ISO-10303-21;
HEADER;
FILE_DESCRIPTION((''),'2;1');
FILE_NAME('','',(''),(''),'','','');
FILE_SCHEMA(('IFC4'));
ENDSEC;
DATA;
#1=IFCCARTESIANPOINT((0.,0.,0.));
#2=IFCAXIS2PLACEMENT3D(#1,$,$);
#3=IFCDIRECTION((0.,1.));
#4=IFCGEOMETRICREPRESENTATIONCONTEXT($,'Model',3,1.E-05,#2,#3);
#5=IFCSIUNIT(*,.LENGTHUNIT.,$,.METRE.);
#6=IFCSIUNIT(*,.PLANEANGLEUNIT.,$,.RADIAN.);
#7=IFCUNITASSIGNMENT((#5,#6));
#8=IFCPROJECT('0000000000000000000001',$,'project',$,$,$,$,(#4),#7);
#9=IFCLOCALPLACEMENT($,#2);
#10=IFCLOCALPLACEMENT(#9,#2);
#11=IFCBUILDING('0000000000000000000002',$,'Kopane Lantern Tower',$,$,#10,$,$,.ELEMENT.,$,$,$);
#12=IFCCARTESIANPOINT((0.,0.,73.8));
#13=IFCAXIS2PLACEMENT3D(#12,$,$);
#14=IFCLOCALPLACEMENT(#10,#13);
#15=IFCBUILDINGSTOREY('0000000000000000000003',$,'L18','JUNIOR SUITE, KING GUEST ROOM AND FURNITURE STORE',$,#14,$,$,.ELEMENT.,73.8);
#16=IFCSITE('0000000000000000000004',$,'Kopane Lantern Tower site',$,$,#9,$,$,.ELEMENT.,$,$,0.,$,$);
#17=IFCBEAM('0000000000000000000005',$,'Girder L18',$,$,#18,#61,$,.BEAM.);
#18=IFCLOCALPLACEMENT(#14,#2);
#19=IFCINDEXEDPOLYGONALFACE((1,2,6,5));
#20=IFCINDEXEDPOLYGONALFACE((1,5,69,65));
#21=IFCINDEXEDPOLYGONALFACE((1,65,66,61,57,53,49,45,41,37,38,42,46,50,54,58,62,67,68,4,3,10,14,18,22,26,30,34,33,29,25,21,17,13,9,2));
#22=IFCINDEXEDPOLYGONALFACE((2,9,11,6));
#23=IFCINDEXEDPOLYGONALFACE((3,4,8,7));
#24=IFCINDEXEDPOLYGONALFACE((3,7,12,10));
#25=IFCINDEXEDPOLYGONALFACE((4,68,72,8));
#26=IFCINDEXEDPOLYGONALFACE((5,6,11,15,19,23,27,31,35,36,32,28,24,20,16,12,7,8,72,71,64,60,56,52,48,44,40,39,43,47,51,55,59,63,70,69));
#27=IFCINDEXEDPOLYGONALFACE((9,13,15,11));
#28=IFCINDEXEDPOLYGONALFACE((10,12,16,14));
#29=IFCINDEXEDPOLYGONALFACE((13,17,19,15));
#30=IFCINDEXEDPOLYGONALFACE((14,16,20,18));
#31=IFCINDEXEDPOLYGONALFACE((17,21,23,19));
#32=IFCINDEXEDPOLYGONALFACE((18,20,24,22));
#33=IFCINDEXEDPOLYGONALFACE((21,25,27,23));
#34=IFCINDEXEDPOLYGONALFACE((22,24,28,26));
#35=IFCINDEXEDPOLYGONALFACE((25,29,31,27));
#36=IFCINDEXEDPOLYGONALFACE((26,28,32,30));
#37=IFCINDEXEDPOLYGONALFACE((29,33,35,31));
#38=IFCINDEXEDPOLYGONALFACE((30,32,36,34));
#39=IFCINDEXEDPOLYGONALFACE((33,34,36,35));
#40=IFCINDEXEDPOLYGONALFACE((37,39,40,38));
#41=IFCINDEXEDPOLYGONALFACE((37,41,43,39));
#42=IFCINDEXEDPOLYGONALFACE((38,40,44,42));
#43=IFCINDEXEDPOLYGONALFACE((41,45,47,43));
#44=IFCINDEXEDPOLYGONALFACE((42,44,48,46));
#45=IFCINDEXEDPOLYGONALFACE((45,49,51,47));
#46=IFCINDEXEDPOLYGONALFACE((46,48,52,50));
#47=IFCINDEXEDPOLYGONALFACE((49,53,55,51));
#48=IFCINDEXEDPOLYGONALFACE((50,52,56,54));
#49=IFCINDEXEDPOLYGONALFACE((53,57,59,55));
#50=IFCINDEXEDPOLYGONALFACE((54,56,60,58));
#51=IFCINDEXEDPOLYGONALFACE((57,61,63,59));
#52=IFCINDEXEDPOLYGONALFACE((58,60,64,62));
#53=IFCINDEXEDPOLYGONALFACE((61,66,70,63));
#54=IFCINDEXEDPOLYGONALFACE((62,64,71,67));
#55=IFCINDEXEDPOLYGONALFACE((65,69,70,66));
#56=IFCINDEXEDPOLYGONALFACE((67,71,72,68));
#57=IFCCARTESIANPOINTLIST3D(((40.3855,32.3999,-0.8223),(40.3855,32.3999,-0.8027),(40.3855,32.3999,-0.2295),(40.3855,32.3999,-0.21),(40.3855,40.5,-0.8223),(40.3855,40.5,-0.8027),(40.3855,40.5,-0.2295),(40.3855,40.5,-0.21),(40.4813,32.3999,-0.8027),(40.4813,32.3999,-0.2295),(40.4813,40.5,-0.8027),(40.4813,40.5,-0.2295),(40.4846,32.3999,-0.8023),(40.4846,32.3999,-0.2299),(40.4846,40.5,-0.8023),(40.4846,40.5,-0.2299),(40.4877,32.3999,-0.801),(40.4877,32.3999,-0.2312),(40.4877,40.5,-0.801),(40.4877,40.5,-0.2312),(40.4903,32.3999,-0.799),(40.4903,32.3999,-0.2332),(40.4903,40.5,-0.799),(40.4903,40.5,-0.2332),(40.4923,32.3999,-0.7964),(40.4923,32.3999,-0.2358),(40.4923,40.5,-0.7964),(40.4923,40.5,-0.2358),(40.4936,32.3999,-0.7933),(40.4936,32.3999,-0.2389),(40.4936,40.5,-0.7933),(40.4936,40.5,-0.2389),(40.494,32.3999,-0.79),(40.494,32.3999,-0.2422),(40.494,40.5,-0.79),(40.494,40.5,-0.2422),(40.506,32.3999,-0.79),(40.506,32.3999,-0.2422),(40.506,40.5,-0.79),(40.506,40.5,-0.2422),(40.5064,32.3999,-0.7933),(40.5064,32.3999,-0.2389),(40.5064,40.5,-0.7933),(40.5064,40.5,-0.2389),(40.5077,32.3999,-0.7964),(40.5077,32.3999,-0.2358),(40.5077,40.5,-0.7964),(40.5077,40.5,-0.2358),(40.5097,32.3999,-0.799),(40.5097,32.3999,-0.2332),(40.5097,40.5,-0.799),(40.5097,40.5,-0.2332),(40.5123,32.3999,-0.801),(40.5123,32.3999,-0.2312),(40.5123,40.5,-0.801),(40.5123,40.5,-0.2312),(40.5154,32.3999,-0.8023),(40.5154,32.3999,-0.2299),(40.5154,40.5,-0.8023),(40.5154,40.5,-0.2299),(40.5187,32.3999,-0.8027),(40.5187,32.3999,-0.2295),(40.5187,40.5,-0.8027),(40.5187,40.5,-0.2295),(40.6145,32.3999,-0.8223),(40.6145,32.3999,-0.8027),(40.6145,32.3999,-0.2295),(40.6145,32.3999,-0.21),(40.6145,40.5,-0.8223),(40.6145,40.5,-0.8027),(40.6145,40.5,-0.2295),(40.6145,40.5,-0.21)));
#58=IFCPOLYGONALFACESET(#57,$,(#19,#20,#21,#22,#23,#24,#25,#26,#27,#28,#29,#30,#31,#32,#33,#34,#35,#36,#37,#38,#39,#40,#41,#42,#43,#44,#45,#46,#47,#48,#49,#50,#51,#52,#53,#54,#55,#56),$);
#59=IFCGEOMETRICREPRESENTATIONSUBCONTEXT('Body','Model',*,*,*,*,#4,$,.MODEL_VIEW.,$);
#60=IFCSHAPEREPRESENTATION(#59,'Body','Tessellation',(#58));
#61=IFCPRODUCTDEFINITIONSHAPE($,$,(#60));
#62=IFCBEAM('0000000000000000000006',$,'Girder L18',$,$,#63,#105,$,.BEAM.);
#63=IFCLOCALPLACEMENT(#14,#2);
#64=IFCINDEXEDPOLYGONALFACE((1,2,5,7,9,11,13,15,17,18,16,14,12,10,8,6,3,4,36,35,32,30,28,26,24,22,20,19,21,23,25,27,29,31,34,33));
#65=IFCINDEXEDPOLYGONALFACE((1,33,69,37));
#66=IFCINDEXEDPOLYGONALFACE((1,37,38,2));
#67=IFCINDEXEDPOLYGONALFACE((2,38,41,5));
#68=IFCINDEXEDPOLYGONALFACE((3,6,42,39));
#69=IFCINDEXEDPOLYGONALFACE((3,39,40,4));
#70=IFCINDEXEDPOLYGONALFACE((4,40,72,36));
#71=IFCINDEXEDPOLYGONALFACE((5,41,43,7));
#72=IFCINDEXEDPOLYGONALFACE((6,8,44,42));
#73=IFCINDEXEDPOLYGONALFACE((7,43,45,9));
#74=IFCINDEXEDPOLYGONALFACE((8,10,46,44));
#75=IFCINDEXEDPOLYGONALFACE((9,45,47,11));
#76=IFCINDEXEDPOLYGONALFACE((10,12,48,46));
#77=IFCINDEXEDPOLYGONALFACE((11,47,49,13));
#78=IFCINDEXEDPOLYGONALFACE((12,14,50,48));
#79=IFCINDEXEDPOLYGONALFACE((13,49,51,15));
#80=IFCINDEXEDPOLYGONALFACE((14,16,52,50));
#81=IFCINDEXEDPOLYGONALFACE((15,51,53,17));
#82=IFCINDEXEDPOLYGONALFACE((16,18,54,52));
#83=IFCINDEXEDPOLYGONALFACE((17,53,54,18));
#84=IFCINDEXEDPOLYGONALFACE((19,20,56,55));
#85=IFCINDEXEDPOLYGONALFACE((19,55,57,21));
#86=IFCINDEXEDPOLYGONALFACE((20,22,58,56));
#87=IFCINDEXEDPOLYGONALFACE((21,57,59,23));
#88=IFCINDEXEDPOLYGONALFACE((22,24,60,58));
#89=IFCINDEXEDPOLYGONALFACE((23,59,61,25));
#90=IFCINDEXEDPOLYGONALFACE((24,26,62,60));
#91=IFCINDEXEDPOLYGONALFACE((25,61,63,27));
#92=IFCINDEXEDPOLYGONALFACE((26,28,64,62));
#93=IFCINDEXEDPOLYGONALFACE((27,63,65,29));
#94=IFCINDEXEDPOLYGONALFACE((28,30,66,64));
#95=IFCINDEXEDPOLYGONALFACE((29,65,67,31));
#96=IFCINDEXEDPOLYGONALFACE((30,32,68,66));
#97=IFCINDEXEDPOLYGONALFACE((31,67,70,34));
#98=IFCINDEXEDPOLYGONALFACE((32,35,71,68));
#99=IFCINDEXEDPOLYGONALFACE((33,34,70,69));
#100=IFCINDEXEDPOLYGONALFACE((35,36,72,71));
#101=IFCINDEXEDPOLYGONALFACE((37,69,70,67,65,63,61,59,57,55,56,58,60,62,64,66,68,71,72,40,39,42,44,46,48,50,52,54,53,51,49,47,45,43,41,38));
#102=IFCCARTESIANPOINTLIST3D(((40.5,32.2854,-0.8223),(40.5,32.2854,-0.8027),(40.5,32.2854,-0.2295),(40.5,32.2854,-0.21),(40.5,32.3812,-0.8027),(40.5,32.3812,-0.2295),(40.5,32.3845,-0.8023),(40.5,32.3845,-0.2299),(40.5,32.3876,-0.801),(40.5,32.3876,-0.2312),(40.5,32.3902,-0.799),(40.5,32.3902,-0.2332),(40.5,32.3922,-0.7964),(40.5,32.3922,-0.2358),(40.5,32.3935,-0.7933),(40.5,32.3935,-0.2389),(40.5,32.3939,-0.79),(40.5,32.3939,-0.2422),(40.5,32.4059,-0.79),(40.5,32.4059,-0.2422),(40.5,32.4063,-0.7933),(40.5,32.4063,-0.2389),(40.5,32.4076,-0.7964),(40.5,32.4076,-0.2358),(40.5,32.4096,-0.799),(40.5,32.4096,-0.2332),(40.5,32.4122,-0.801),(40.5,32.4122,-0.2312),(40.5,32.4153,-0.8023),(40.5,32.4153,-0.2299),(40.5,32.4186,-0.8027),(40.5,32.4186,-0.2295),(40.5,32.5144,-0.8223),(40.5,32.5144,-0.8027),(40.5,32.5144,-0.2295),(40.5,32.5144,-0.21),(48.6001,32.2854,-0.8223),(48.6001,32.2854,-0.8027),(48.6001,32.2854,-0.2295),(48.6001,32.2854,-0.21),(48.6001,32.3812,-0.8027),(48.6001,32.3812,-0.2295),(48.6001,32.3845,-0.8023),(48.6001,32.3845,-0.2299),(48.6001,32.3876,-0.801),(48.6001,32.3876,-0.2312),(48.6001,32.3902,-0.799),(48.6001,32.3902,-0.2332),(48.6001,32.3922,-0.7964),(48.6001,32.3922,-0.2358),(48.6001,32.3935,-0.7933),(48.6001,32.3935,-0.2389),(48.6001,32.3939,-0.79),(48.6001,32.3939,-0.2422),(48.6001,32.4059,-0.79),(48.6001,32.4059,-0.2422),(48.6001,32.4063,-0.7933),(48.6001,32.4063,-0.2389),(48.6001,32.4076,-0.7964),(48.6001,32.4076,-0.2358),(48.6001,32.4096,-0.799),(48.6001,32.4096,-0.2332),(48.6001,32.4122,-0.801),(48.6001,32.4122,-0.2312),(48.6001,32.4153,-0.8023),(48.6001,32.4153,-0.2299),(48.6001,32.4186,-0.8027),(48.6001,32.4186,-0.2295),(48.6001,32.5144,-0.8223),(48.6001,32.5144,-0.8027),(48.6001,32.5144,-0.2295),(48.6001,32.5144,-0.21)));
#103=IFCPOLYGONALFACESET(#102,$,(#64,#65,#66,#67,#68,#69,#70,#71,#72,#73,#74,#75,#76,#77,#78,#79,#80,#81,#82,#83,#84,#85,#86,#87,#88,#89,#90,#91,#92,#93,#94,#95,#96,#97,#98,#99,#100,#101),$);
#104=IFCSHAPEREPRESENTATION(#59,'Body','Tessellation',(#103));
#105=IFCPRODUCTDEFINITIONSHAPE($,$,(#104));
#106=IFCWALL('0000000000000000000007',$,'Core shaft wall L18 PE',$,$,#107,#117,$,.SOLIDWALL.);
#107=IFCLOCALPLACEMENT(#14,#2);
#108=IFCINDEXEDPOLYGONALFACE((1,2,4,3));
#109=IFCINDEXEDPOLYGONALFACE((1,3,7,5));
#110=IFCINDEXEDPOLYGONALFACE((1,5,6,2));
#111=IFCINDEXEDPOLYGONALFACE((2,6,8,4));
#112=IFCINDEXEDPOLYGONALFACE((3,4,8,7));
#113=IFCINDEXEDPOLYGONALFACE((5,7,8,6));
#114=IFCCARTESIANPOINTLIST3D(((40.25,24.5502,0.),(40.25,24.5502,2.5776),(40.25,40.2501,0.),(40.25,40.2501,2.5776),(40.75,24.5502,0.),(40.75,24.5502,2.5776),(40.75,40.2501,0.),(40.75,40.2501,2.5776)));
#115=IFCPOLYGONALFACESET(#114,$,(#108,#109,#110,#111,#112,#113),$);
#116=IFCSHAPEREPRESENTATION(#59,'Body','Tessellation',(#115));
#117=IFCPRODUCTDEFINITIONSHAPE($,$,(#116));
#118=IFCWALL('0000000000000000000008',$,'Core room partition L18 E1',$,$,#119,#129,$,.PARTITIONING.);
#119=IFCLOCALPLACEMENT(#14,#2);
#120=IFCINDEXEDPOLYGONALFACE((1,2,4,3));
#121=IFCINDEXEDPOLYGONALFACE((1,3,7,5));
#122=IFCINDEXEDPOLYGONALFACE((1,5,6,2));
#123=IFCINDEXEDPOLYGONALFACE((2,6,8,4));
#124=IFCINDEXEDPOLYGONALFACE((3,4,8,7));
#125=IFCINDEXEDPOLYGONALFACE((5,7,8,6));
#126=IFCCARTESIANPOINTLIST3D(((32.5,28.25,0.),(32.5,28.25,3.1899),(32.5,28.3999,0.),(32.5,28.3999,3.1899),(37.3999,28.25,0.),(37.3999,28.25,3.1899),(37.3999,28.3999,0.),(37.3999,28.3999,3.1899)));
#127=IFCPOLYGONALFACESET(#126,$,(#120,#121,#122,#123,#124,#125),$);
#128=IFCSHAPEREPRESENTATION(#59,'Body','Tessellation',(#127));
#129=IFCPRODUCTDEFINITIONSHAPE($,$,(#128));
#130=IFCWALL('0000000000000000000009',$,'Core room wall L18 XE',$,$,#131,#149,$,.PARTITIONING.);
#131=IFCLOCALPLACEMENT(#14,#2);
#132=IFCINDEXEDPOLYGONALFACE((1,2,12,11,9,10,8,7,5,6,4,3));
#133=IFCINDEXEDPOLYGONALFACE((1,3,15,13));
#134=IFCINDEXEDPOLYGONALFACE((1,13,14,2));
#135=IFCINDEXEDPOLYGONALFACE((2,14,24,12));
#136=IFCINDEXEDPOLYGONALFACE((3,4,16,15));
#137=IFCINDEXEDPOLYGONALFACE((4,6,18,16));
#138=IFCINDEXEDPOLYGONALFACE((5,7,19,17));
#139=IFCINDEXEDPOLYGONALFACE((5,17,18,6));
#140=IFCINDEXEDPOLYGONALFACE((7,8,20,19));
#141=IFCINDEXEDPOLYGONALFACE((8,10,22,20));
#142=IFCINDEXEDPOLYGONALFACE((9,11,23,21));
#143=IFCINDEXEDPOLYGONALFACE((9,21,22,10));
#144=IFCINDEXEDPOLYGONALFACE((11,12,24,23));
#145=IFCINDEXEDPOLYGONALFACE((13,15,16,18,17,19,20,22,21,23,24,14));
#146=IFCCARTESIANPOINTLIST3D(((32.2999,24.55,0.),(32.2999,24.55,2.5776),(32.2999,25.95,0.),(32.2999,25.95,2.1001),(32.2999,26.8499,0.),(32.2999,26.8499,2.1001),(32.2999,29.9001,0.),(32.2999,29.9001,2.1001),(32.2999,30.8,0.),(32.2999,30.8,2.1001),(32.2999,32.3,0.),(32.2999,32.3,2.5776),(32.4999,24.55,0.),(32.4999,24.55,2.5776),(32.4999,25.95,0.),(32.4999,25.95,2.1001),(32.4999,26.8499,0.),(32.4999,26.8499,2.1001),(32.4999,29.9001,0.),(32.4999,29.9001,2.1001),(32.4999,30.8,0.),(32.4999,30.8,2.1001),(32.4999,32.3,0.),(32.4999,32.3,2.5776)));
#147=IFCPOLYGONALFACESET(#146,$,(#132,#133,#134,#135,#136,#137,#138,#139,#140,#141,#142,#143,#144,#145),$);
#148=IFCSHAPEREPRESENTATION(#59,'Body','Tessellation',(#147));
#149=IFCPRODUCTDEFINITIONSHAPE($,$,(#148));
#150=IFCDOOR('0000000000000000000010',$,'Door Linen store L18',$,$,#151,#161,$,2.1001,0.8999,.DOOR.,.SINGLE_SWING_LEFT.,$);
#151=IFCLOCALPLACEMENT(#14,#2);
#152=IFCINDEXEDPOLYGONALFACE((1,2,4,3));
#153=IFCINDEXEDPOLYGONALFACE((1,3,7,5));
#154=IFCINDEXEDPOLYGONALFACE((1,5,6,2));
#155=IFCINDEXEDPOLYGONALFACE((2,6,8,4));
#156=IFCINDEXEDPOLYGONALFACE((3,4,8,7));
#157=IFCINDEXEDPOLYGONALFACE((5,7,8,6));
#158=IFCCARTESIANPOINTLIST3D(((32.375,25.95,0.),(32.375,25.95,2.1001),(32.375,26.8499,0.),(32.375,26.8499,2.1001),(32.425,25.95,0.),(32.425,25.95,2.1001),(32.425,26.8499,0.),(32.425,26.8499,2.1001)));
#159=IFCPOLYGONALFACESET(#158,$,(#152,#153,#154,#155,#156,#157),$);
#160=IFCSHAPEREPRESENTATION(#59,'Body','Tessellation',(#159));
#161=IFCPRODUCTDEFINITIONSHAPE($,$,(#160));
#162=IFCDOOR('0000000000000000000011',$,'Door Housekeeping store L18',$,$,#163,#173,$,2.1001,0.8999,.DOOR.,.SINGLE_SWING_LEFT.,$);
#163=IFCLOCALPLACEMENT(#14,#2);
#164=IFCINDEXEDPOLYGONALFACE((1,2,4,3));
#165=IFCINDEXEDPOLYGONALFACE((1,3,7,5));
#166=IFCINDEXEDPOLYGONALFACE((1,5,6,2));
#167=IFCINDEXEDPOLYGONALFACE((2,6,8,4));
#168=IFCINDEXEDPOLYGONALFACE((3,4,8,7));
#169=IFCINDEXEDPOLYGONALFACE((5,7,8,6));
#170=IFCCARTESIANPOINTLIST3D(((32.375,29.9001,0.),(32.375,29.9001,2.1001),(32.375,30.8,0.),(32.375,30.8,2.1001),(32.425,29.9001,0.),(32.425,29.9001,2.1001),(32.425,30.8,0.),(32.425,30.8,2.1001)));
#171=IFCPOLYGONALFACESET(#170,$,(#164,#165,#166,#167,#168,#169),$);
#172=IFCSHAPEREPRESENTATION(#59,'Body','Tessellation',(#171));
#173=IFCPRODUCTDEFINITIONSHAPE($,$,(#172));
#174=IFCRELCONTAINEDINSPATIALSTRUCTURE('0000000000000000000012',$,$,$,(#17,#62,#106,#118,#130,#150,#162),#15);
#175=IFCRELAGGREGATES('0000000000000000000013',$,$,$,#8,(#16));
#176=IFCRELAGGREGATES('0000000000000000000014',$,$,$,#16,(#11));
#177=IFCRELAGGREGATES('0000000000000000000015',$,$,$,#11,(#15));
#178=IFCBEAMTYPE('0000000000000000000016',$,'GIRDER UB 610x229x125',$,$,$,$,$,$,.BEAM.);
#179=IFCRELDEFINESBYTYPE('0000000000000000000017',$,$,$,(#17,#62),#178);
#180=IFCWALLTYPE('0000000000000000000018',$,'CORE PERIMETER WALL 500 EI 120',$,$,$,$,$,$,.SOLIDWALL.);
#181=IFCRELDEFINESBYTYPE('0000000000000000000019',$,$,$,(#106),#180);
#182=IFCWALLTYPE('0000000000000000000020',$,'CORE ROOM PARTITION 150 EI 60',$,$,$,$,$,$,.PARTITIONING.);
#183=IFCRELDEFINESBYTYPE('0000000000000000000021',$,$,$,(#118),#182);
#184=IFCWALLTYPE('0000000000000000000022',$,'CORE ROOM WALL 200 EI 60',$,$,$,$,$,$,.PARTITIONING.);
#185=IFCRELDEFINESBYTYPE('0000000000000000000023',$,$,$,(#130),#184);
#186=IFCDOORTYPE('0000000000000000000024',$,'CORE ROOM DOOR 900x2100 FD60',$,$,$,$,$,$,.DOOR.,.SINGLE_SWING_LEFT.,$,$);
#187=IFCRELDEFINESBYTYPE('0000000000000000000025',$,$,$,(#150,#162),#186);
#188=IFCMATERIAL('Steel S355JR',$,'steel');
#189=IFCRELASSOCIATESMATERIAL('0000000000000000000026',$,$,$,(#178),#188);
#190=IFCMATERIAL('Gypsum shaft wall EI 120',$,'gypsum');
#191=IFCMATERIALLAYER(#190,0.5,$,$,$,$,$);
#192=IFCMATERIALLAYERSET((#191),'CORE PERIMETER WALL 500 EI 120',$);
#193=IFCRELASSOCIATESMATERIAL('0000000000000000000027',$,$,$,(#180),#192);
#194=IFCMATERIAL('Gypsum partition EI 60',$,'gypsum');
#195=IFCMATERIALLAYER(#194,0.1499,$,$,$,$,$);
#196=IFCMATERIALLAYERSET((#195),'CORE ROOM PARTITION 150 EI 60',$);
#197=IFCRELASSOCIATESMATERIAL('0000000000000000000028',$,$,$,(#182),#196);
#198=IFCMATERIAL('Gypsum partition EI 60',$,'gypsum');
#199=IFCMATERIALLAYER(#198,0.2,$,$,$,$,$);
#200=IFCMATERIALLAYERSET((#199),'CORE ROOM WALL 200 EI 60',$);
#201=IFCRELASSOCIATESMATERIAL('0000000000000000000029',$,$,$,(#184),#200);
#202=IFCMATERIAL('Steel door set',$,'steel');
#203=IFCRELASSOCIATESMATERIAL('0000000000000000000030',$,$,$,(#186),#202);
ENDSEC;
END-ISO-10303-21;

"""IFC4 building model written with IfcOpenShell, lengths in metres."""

from ifc_helpers import new_model, si_unit, direction, frame, frame_2d, origin, origin_2d, place, context, subcontext, project, spatial, rectangle, i_section, extrude, material, layer, layer_set, material_profile, profile_set, type_object, element, fill, save


model = new_model("IFC4")

# Units and contexts
model_context = context("Model", 3, precision=1e-05, world=origin(), true_north=direction((0.0, 1.0)))
body_context = subcontext(model_context, "Body", "Model", "MODEL_VIEW")
ifc_project = project(units=[si_unit("LENGTHUNIT", "METRE"), si_unit("PLANEANGLEUNIT", "RADIAN")], contexts=[model_context])

# Site, building, storey
site_placement = place(None, origin())
site = spatial("IfcSite", under=ifc_project, at=site_placement, Name="Kopane Lantern Tower site", CompositionType="ELEMENT", RefElevation=0.0)
building_placement = place(site_placement, origin())
building = spatial("IfcBuilding", under=site, at=building_placement, Name="Kopane Lantern Tower", CompositionType="ELEMENT")
storey_placement = place(building_placement, frame((0.0, 0.0, 73.8)))
storey = spatial("IfcBuildingStorey", under=building, at=storey_placement, Name="L18", Description="JUNIOR SUITE, KING GUEST ROOM AND FURNITURE STORE", CompositionType="ELEMENT", Elevation=73.8)

# Beams
ifc_material_1 = material(Name="Steel S355JR", Category="steel")
ifc_material_profile_1 = material_profile(ifc_material_1, i_section(OverallWidth=0.229, OverallDepth=0.6123, WebThickness=0.012, FlangeThickness=0.0195, FilletRadius=0.0127, at=origin_2d()), Name="UB 610x229x125")
ifc_profile_set_1 = profile_set([ifc_material_profile_1], Name="Steel S355JR")
beam_type_1 = type_object("IfcBeamType", Name="GIRDER UB 610x229x125", PredefinedType="BEAM", material=ifc_profile_set_1)
for number, where, z_axis, x_axis, name in (
    (1, (40.5, 32.3999, -0.5161), (0.0, 1.0, 0.0), (-1.0, 0.0, 0.0), "Girder L18"),
    (2, (40.5, 32.3999, -0.5161), (1.0, 0.0, 0.0), (0.0, 1.0, 0.0), "Girder L18"),
):
    element("IfcBeam", number, at=place(storey_placement, frame(where, z_axis=z_axis, x_axis=x_axis)), inside=storey, type_object=beam_type_1, Name=name, PredefinedType="BEAM", context=body_context, shape_type="SweptSolid", body=[
        extrude(i_section(OverallWidth=0.229, OverallDepth=0.6123, WebThickness=0.012, FlangeThickness=0.0195, FilletRadius=0.0127, at=origin_2d()), origin(), (0.0, 0.0, 1.0), 8.1001),
    ])

# Walls
ifc_material_2 = material(Name="Gypsum shaft wall EI 120", Category="gypsum")
ifc_layer_1 = layer(ifc_material_2, 0.5)
ifc_layer_set_1 = layer_set([ifc_layer_1], Name="CORE PERIMETER WALL 500 EI 120")
wall_type_1 = type_object("IfcWallType", Name="CORE PERIMETER WALL 500 EI 120", PredefinedType="SOLIDWALL", material=ifc_layer_set_1)
wall_1_placement = place(storey_placement, frame((40.5, 24.55, 0.0), z_axis=(0.0, 0.0, 1.0), x_axis=(0.0, 1.0, 0.0)))
element("IfcWall", 3, at=wall_1_placement, inside=storey, type_object=wall_type_1, Name="Core shaft wall L18 PE", PredefinedType="SOLIDWALL", context=body_context, shape_type="SweptSolid", body=[
    extrude(rectangle(XDim=15.7, YDim=0.5, at=frame_2d((7.8501, 0.0))), origin(), (0.0, 0.0, 1.0), 2.5776),
])
ifc_material_3 = material(Name="Gypsum partition EI 60", Category="gypsum")
ifc_layer_2 = layer(ifc_material_3, 0.1499)
ifc_layer_set_2 = layer_set([ifc_layer_2], Name="CORE ROOM PARTITION 150 EI 60")
wall_type_2 = type_object("IfcWallType", Name="CORE ROOM PARTITION 150 EI 60", PredefinedType="PARTITIONING", material=ifc_layer_set_2)
wall_2_placement = place(storey_placement, frame((32.5, 28.325, 0.0), z_axis=(0.0, 0.0, 1.0), x_axis=(1.0, 0.0, 0.0)))
element("IfcWall", 4, at=wall_2_placement, inside=storey, type_object=wall_type_2, Name="Core room partition L18 E1", PredefinedType="PARTITIONING", context=body_context, shape_type="SweptSolid", body=[
    extrude(rectangle(XDim=4.8999, YDim=0.1499, at=frame_2d((2.45, 0.0))), origin(), (0.0, 0.0, 1.0), 3.1899),
])

# Wall, openings, doors
ifc_material_4 = material(Name="Gypsum partition EI 60", Category="gypsum")
ifc_layer_3 = layer(ifc_material_4, 0.2)
ifc_layer_set_3 = layer_set([ifc_layer_3], Name="CORE ROOM WALL 200 EI 60")
wall_type_3 = type_object("IfcWallType", Name="CORE ROOM WALL 200 EI 60", PredefinedType="PARTITIONING", material=ifc_layer_set_3)
wall_3_placement = place(storey_placement, frame((32.3999, 24.55, 0.0), z_axis=(0.0, 0.0, 1.0), x_axis=(0.0, 1.0, 0.0)))
wall_3 = element("IfcWall", 5, at=wall_3_placement, inside=storey, type_object=wall_type_3, Name="Core room wall L18 XE", PredefinedType="PARTITIONING", context=body_context, shape_type="SweptSolid", body=[
    extrude(rectangle(XDim=7.75, YDim=0.2, at=frame_2d((3.875, 0.0))), origin(), (0.0, 0.0, 1.0), 2.5776),
])
opening_1_placement = place(wall_3_placement, frame((1.3999, 0.0, 0.0)))
opening_1 = element("IfcOpeningElement", 6, at=opening_1_placement, cuts=wall_3, PredefinedType="OPENING", context=body_context, shape_type="SweptSolid", body=[
    extrude(rectangle(XDim=0.8999, YDim=2.1001, at=frame_2d((0.45, 1.05))), frame((0.0, 0.1099, 0.0), z_axis=(0.0, -1.0, 0.0), x_axis=(1.0, 0.0, 0.0)), (0.0, 0.0, 1.0), 0.22),
])
opening_2_placement = place(wall_3_placement, frame((5.3501, 0.0, 0.0)))
opening_2 = element("IfcOpeningElement", 7, at=opening_2_placement, cuts=wall_3, PredefinedType="OPENING", context=body_context, shape_type="SweptSolid", body=[
    extrude(rectangle(XDim=0.8999, YDim=2.1001, at=frame_2d((0.45, 1.05))), frame((0.0, 0.1099, 0.0), z_axis=(0.0, -1.0, 0.0), x_axis=(1.0, 0.0, 0.0)), (0.0, 0.0, 1.0), 0.22),
])
ifc_material_5 = material(Name="Steel door set", Category="steel")
door_type_1 = type_object("IfcDoorType", Name="CORE ROOM DOOR 900x2100 FD60", OperationType="SINGLE_SWING_LEFT", PredefinedType="DOOR", material=ifc_material_5)
door_1_placement = place(opening_1_placement, origin())
door_1 = element("IfcDoor", 8, at=door_1_placement, inside=storey, type_object=door_type_1, Name="Door Linen store L18", OperationType="SINGLE_SWING_LEFT", OverallHeight=2.1001, OverallWidth=0.8999, PredefinedType="DOOR", context=body_context, shape_type="SweptSolid", body=[
    extrude(rectangle(XDim=0.8999, YDim=2.1001, at=frame_2d((0.45, 1.05))), frame((0.0, 0.0249, 0.0), z_axis=(0.0, -1.0, 0.0), x_axis=(1.0, 0.0, 0.0)), (0.0, 0.0, 1.0), 0.05),
])
fill(opening_1, door_1)
door_2_placement = place(opening_2_placement, origin())
door_2 = element("IfcDoor", 9, at=door_2_placement, inside=storey, type_object=door_type_1, Name="Door Housekeeping store L18", OperationType="SINGLE_SWING_LEFT", OverallHeight=2.1001, OverallWidth=0.8999, PredefinedType="DOOR", context=body_context, shape_type="SweptSolid", body=[
    extrude(rectangle(XDim=0.8999, YDim=2.1001, at=frame_2d((0.45, 1.05))), frame((0.0, 0.0249, 0.0), z_axis=(0.0, -1.0, 0.0), x_axis=(1.0, 0.0, 0.0)), (0.0, 0.0, 1.0), 0.05),
])
fill(opening_2, door_2)

save(model, "model.ifc")
